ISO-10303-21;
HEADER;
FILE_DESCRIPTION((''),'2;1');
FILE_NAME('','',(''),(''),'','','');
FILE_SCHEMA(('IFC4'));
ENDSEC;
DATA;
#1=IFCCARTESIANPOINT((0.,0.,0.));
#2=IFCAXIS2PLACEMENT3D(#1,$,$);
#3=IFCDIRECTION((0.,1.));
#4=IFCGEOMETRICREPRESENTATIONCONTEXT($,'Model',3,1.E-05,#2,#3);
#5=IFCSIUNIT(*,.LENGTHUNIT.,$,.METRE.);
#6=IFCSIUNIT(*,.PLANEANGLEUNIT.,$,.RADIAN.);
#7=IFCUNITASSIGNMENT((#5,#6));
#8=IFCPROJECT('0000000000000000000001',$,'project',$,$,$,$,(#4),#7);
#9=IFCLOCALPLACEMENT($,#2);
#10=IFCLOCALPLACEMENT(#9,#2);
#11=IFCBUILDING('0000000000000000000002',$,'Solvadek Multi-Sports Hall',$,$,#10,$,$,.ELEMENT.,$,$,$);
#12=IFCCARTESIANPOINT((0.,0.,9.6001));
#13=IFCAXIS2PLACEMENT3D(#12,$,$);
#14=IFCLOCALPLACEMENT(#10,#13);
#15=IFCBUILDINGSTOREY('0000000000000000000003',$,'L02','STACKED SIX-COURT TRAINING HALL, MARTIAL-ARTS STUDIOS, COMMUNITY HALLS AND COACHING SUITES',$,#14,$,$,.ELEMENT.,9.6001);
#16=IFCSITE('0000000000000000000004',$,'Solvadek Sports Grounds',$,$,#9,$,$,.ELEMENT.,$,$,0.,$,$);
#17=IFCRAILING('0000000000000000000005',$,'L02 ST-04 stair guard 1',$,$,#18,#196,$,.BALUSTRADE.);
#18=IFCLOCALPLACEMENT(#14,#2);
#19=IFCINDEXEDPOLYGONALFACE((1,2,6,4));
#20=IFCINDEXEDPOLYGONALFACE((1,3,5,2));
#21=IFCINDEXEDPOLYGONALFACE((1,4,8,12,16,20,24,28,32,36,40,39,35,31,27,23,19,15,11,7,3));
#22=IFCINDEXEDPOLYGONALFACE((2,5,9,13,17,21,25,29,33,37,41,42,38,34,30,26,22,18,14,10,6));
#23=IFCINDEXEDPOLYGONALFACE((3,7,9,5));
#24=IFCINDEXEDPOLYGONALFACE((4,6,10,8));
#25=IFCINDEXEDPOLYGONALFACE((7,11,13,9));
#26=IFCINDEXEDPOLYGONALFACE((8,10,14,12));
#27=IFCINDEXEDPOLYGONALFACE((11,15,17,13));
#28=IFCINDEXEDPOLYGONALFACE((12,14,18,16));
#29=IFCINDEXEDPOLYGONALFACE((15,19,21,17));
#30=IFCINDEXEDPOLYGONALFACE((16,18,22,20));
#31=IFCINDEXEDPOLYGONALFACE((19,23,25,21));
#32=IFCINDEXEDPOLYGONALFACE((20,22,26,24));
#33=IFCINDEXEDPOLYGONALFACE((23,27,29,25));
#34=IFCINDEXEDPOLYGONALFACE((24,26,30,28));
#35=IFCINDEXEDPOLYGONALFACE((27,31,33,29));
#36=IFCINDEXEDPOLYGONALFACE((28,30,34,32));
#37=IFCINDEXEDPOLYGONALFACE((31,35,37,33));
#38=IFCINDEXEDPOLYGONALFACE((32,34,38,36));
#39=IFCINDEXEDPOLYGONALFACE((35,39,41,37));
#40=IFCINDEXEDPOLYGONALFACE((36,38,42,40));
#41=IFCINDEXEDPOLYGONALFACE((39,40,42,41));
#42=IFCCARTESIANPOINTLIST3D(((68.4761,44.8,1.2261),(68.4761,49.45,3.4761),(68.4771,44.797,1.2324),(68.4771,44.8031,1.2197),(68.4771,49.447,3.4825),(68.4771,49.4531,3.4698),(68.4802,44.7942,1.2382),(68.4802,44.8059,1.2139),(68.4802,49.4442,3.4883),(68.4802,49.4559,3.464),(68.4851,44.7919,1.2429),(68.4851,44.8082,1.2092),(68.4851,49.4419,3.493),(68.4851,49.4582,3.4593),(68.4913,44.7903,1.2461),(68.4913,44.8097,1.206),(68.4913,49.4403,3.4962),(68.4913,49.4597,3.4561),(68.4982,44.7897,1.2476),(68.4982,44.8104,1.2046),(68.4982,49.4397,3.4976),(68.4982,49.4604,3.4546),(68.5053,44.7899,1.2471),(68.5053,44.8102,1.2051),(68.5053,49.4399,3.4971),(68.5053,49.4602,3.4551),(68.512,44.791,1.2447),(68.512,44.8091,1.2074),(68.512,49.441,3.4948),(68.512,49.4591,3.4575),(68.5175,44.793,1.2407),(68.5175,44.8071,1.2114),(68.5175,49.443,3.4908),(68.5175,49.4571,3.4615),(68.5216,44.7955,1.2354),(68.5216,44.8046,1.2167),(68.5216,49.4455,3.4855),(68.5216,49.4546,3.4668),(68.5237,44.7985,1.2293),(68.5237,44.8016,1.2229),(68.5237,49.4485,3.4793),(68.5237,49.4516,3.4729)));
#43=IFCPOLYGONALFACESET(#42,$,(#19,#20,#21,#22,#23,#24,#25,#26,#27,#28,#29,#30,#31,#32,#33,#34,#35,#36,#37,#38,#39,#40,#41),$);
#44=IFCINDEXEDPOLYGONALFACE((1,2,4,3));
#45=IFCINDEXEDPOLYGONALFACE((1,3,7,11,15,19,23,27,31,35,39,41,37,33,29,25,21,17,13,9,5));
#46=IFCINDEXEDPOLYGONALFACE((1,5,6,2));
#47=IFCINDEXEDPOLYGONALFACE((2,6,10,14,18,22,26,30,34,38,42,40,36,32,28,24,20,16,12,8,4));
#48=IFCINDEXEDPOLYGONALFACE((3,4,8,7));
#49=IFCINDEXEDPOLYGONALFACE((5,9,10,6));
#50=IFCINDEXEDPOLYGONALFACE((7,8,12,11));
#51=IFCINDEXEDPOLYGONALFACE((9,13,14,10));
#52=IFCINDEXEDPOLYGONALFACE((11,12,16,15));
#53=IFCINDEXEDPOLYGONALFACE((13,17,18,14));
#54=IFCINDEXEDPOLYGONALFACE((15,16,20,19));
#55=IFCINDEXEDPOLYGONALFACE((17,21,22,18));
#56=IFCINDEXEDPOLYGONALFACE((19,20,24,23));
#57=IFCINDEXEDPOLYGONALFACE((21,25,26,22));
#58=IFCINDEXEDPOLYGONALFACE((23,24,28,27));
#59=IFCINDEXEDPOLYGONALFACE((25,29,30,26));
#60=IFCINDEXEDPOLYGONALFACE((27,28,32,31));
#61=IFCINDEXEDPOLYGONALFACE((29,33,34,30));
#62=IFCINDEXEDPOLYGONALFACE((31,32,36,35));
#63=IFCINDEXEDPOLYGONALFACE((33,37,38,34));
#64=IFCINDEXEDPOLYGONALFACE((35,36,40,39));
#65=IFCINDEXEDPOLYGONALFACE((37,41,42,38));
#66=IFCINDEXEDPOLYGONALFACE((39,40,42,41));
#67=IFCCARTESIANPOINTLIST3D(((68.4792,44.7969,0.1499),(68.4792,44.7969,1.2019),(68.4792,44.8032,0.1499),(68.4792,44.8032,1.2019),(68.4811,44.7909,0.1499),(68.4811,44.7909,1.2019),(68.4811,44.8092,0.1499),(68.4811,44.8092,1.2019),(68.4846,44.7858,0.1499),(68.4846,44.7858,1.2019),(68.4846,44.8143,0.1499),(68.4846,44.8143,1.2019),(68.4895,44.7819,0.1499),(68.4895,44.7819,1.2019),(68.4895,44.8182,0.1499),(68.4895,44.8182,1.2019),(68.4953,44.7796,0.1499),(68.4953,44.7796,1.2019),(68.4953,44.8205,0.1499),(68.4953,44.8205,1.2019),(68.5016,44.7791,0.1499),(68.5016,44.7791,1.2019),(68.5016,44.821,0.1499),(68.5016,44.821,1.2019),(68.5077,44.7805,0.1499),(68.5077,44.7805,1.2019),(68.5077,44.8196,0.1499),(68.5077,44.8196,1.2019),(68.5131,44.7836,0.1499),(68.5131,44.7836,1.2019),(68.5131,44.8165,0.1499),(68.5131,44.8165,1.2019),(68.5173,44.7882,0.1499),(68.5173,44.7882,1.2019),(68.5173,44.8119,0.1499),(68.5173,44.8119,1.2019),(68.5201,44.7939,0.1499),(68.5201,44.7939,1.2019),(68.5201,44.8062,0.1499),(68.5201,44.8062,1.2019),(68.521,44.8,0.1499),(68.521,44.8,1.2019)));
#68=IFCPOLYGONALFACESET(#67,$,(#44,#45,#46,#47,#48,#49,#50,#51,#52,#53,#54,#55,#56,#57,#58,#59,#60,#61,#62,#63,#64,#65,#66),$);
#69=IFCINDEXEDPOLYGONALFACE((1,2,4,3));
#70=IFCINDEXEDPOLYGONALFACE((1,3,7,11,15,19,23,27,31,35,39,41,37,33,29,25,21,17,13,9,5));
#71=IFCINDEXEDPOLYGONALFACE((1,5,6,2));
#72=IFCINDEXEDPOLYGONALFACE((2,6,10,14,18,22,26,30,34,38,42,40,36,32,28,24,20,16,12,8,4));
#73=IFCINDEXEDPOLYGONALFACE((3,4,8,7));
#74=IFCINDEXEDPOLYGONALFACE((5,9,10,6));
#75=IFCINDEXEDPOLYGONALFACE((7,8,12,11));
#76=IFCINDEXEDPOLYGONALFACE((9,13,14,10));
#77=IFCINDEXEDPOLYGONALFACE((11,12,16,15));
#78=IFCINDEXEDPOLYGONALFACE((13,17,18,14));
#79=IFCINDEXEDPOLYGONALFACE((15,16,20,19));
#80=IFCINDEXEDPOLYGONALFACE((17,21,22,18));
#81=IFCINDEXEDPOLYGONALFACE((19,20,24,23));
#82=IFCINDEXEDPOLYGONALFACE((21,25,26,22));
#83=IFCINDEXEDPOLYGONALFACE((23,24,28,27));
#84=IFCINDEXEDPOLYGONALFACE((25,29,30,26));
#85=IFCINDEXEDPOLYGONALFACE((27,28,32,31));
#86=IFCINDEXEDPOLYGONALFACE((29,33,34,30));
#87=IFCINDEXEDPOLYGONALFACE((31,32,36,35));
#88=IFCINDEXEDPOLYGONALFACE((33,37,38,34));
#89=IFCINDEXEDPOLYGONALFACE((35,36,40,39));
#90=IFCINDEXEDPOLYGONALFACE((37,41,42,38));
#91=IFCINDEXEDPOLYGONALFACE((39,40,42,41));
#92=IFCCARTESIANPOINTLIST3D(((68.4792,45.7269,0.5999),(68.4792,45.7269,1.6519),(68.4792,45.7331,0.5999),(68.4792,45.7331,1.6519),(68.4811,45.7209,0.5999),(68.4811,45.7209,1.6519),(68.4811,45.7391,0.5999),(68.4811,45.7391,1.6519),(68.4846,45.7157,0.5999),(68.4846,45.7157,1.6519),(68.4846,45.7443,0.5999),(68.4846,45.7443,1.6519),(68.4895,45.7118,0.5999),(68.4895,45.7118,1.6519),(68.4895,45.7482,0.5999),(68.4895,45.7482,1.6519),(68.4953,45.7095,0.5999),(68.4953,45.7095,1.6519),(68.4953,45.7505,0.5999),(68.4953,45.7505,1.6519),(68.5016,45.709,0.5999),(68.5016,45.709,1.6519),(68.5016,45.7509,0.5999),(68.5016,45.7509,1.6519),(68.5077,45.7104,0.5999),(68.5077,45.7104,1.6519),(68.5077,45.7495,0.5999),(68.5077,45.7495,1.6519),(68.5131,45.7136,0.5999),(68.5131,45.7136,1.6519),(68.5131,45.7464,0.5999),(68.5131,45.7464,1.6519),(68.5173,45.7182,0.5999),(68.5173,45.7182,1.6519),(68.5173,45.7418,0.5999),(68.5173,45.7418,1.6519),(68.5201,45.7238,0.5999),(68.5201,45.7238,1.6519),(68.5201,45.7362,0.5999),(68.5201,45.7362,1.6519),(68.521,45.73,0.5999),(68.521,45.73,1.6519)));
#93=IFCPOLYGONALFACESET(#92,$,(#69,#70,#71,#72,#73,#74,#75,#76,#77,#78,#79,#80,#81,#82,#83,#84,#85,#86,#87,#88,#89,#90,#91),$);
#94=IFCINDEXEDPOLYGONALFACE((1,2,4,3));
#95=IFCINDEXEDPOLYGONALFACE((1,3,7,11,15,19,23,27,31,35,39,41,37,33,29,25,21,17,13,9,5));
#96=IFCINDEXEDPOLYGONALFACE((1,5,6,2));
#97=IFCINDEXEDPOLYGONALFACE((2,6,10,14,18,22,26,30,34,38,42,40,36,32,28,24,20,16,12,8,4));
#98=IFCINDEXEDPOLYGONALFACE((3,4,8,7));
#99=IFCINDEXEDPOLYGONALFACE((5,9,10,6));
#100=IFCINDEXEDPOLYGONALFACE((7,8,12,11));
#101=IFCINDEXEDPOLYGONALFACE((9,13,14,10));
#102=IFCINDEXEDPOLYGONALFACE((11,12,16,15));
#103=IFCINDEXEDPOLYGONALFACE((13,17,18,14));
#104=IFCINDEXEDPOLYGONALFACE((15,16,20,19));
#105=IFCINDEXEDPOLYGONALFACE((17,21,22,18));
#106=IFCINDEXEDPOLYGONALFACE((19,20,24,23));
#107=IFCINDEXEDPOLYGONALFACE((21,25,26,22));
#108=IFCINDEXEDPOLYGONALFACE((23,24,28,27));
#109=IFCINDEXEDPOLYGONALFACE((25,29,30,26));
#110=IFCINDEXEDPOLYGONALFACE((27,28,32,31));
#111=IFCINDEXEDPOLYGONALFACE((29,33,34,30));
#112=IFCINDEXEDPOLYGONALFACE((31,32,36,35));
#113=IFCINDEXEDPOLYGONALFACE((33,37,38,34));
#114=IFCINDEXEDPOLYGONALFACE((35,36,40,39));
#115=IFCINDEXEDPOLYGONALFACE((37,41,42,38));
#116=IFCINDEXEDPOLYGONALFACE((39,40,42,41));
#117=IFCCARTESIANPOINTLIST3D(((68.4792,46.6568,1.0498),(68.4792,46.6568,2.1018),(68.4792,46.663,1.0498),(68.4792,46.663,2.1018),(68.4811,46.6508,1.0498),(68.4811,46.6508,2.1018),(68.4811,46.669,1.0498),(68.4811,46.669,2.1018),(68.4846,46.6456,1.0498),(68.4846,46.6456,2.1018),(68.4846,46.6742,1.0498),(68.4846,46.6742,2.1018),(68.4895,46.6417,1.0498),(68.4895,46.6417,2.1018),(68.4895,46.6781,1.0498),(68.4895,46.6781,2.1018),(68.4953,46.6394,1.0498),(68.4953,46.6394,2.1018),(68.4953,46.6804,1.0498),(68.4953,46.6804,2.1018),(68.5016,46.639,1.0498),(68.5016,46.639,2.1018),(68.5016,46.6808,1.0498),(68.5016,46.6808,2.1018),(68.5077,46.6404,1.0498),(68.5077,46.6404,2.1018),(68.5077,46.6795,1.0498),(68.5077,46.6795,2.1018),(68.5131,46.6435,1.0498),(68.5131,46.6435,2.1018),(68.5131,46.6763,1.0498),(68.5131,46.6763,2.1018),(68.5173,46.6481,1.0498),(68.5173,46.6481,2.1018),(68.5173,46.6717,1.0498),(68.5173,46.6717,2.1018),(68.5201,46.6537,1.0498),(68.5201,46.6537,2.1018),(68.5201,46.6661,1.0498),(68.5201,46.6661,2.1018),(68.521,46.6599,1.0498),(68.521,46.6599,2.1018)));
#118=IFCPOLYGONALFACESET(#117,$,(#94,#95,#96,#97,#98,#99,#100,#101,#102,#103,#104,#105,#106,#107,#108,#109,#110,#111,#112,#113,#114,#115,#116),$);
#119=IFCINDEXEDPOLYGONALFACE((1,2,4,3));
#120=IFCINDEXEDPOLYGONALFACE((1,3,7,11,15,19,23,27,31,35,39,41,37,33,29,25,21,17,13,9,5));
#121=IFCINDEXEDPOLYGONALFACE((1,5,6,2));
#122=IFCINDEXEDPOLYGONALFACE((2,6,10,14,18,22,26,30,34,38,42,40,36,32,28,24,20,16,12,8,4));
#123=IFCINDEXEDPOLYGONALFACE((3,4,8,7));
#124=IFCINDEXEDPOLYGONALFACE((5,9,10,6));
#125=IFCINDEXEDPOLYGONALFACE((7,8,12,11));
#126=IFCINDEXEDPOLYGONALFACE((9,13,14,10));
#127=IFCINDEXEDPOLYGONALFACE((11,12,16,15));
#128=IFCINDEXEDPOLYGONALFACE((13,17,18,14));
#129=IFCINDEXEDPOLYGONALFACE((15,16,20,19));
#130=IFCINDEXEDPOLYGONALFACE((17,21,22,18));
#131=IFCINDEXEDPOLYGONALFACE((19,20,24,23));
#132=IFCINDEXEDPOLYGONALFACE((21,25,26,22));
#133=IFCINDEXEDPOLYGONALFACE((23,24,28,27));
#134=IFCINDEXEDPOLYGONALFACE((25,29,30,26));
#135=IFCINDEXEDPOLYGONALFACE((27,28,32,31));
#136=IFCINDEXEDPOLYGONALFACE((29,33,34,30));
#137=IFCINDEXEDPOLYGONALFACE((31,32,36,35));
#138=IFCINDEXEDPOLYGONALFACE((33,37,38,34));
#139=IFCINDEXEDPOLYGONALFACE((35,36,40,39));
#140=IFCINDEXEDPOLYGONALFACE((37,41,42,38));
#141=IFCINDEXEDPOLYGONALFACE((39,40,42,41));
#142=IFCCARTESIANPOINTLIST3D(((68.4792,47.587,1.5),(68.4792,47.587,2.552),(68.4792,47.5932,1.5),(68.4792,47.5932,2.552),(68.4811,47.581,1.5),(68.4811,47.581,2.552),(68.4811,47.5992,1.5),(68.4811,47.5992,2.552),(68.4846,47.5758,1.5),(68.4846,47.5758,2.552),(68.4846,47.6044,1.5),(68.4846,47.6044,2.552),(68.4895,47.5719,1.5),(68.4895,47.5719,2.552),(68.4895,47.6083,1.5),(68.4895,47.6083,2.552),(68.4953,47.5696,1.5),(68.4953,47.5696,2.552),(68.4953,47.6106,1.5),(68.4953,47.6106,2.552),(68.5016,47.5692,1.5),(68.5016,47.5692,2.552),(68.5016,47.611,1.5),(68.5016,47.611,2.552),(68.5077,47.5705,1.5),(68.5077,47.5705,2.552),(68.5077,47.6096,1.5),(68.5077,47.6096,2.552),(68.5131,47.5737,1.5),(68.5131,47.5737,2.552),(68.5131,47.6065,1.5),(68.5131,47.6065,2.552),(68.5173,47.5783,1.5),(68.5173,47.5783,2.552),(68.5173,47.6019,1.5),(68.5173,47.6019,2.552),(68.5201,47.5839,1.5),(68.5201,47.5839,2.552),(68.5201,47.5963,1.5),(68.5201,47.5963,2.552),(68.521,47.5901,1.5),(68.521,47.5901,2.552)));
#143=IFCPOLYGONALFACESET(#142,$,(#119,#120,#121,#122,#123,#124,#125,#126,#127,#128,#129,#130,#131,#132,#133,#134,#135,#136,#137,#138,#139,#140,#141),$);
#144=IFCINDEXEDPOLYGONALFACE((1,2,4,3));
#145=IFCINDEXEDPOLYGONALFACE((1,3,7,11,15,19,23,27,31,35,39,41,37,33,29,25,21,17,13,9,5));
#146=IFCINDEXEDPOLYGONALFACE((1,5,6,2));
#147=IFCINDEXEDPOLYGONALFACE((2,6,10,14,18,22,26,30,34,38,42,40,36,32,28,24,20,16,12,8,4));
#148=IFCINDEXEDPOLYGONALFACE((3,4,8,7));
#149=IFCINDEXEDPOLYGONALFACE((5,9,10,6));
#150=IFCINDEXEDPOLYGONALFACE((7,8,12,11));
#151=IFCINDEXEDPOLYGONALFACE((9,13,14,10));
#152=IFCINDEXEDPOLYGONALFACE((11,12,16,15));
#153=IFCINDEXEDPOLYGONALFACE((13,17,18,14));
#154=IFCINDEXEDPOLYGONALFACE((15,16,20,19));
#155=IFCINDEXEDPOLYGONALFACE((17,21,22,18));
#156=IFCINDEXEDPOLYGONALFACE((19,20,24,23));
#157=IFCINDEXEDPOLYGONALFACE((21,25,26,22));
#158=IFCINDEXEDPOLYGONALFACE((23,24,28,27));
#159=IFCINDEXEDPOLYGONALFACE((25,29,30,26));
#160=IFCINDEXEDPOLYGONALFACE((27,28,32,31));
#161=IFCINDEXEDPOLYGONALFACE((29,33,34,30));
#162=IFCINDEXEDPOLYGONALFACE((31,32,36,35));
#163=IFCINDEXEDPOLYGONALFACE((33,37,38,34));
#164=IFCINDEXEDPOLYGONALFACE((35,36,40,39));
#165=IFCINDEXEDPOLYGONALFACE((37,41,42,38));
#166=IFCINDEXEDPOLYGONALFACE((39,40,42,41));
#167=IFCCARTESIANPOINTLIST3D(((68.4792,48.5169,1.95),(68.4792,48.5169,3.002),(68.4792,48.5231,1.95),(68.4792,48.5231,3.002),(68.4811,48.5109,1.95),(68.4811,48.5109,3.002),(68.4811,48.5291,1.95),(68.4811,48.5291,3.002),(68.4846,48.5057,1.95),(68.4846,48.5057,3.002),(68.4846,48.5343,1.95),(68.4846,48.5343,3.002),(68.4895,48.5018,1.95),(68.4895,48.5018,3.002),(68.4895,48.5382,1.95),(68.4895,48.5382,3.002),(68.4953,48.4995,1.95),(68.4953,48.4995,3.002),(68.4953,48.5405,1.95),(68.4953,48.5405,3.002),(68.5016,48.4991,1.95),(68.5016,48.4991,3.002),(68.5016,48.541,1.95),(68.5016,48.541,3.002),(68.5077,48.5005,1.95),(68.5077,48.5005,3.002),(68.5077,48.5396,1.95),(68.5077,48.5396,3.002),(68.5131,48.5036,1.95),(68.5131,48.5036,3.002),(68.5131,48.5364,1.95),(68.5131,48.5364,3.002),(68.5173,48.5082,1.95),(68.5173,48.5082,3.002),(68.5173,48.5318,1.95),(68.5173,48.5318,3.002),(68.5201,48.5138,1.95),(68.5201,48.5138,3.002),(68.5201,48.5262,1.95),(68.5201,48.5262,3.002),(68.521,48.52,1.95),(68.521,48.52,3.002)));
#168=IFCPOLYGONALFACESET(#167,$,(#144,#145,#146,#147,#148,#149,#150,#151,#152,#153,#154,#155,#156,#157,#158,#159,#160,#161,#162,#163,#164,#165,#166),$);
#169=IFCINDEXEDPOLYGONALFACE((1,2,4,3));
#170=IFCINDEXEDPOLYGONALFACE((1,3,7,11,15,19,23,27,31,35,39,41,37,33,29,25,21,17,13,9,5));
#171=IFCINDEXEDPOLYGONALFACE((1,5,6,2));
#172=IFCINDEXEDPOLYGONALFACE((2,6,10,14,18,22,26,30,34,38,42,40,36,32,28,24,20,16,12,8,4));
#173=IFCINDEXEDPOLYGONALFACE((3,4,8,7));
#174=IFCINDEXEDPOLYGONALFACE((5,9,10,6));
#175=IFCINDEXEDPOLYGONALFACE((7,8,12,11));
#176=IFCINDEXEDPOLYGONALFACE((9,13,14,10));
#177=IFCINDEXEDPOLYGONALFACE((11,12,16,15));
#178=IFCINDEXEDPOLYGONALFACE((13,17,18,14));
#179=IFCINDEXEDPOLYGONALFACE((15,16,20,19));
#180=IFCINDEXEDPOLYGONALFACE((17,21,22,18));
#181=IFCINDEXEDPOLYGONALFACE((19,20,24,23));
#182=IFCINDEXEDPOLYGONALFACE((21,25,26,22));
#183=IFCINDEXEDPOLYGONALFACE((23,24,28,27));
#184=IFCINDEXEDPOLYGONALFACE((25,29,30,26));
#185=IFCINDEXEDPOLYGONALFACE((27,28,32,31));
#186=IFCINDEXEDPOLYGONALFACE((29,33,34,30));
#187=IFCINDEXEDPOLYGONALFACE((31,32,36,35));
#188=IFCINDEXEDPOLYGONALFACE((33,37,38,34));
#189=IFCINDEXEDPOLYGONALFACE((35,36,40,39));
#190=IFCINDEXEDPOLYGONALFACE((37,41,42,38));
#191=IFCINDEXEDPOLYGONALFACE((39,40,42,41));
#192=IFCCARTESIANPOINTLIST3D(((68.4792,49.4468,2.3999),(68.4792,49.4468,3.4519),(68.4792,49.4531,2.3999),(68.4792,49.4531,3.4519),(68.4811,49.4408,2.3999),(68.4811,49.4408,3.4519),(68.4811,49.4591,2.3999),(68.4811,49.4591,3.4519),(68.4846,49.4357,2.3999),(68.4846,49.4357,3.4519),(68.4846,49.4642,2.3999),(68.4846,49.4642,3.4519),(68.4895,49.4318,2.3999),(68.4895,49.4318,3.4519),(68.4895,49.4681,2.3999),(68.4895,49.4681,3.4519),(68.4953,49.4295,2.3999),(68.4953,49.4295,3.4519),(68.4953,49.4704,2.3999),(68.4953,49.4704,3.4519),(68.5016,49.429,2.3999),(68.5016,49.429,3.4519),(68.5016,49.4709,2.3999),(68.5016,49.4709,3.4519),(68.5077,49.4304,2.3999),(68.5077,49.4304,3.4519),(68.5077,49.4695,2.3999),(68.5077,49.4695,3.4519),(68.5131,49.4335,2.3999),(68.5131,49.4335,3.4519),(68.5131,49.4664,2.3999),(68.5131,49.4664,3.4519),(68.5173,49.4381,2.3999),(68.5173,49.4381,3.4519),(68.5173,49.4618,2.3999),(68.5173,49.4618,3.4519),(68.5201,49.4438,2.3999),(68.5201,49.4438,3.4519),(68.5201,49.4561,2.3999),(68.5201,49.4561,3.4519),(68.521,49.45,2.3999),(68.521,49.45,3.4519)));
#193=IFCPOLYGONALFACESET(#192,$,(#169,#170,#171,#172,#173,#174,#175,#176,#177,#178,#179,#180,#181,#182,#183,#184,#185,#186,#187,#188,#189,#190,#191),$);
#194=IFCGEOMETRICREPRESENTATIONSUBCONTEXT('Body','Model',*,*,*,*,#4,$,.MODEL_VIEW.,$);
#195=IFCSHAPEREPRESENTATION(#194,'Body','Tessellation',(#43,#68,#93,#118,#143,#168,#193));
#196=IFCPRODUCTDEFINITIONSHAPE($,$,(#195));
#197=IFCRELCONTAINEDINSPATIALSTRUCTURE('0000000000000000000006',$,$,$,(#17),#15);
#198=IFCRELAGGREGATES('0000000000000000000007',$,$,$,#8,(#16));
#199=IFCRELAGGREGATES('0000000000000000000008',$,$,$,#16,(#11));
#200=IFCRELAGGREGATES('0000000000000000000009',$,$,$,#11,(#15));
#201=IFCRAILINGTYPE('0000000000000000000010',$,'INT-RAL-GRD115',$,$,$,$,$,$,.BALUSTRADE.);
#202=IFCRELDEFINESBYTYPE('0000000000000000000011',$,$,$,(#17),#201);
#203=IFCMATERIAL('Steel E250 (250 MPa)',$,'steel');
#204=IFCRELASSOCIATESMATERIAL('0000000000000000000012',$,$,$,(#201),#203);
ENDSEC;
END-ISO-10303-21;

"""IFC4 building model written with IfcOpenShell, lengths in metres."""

from ifc_helpers import new_model, si_unit, direction, frame, origin, origin_2d, place, context, subcontext, project, spatial, circle, extrude, material, type_object, element, save


model = new_model("IFC4")

# Units and contexts
model_context = context("Model", 3, precision=1e-05, world=origin(), true_north=direction((0.0, 1.0)))
body_context = subcontext(model_context, "Body", "Model", "MODEL_VIEW")
ifc_project = project(units=[si_unit("LENGTHUNIT", "METRE"), si_unit("PLANEANGLEUNIT", "RADIAN")], contexts=[model_context])

# Site, building, storey
site_placement = place(None, origin())
site = spatial("IfcSite", under=ifc_project, at=site_placement, Name="Solvadek Sports Grounds", CompositionType="ELEMENT", RefElevation=0.0)
building_placement = place(site_placement, origin())
building = spatial("IfcBuilding", under=site, at=building_placement, Name="Solvadek Multi-Sports Hall", CompositionType="ELEMENT")
storey_placement = place(building_placement, frame((0.0, 0.0, 9.6001)))
storey = spatial("IfcBuildingStorey", under=building, at=storey_placement, Name="L02", Description="STACKED SIX-COURT TRAINING HALL, MARTIAL-ARTS STUDIOS, COMMUNITY HALLS AND COACHING SUITES", CompositionType="ELEMENT", Elevation=9.6001)

# Shared definitions
ifc_material_1 = material(Name="Steel E250 (250 MPa)", Category="steel")

# Railing
railing_type_1 = type_object("IfcRailingType", Name="INT-RAL-GRD115", PredefinedType="BALUSTRADE", material=ifc_material_1)
railing_1_placement = place(storey_placement, frame((68.5, 44.8, 0.1499)))
element("IfcRailing", 1, at=railing_1_placement, inside=storey, type_object=railing_type_1, Name="L02 ST-04 stair guard 1", PredefinedType="BALUSTRADE", context=body_context, shape_type="SweptSolid", body=[
    extrude(circle(Radius=0.0239, at=origin_2d()), frame((0.0, 0.0, 1.0762), z_axis=(0.0, 0.900156, 0.435568), x_axis=(-1.0, 0.0, 0.0)), (0.0, 0.0, 1.0), 5.1658),
    extrude(circle(Radius=0.021, at=origin_2d()), origin(), (0.0, 0.0, 1.0), 1.052),
    extrude(circle(Radius=0.021, at=origin_2d()), frame((0.0, 0.9299, 0.45)), (0.0, 0.0, 1.0), 1.052),
    extrude(circle(Radius=0.021, at=origin_2d()), frame((0.0, 1.8599, 0.8999)), (0.0, 0.0, 1.0), 1.052),
    extrude(circle(Radius=0.021, at=origin_2d()), frame((0.0, 2.79, 1.3501)), (0.0, 0.0, 1.0), 1.052),
    extrude(circle(Radius=0.021, at=origin_2d()), frame((0.0, 3.72, 1.8)), (0.0, 0.0, 1.0), 1.052),
    extrude(circle(Radius=0.021, at=origin_2d()), frame((0.0, 4.6499, 2.25)), (0.0, 0.0, 1.0), 1.052),
])

save(model, "model.ifc")
